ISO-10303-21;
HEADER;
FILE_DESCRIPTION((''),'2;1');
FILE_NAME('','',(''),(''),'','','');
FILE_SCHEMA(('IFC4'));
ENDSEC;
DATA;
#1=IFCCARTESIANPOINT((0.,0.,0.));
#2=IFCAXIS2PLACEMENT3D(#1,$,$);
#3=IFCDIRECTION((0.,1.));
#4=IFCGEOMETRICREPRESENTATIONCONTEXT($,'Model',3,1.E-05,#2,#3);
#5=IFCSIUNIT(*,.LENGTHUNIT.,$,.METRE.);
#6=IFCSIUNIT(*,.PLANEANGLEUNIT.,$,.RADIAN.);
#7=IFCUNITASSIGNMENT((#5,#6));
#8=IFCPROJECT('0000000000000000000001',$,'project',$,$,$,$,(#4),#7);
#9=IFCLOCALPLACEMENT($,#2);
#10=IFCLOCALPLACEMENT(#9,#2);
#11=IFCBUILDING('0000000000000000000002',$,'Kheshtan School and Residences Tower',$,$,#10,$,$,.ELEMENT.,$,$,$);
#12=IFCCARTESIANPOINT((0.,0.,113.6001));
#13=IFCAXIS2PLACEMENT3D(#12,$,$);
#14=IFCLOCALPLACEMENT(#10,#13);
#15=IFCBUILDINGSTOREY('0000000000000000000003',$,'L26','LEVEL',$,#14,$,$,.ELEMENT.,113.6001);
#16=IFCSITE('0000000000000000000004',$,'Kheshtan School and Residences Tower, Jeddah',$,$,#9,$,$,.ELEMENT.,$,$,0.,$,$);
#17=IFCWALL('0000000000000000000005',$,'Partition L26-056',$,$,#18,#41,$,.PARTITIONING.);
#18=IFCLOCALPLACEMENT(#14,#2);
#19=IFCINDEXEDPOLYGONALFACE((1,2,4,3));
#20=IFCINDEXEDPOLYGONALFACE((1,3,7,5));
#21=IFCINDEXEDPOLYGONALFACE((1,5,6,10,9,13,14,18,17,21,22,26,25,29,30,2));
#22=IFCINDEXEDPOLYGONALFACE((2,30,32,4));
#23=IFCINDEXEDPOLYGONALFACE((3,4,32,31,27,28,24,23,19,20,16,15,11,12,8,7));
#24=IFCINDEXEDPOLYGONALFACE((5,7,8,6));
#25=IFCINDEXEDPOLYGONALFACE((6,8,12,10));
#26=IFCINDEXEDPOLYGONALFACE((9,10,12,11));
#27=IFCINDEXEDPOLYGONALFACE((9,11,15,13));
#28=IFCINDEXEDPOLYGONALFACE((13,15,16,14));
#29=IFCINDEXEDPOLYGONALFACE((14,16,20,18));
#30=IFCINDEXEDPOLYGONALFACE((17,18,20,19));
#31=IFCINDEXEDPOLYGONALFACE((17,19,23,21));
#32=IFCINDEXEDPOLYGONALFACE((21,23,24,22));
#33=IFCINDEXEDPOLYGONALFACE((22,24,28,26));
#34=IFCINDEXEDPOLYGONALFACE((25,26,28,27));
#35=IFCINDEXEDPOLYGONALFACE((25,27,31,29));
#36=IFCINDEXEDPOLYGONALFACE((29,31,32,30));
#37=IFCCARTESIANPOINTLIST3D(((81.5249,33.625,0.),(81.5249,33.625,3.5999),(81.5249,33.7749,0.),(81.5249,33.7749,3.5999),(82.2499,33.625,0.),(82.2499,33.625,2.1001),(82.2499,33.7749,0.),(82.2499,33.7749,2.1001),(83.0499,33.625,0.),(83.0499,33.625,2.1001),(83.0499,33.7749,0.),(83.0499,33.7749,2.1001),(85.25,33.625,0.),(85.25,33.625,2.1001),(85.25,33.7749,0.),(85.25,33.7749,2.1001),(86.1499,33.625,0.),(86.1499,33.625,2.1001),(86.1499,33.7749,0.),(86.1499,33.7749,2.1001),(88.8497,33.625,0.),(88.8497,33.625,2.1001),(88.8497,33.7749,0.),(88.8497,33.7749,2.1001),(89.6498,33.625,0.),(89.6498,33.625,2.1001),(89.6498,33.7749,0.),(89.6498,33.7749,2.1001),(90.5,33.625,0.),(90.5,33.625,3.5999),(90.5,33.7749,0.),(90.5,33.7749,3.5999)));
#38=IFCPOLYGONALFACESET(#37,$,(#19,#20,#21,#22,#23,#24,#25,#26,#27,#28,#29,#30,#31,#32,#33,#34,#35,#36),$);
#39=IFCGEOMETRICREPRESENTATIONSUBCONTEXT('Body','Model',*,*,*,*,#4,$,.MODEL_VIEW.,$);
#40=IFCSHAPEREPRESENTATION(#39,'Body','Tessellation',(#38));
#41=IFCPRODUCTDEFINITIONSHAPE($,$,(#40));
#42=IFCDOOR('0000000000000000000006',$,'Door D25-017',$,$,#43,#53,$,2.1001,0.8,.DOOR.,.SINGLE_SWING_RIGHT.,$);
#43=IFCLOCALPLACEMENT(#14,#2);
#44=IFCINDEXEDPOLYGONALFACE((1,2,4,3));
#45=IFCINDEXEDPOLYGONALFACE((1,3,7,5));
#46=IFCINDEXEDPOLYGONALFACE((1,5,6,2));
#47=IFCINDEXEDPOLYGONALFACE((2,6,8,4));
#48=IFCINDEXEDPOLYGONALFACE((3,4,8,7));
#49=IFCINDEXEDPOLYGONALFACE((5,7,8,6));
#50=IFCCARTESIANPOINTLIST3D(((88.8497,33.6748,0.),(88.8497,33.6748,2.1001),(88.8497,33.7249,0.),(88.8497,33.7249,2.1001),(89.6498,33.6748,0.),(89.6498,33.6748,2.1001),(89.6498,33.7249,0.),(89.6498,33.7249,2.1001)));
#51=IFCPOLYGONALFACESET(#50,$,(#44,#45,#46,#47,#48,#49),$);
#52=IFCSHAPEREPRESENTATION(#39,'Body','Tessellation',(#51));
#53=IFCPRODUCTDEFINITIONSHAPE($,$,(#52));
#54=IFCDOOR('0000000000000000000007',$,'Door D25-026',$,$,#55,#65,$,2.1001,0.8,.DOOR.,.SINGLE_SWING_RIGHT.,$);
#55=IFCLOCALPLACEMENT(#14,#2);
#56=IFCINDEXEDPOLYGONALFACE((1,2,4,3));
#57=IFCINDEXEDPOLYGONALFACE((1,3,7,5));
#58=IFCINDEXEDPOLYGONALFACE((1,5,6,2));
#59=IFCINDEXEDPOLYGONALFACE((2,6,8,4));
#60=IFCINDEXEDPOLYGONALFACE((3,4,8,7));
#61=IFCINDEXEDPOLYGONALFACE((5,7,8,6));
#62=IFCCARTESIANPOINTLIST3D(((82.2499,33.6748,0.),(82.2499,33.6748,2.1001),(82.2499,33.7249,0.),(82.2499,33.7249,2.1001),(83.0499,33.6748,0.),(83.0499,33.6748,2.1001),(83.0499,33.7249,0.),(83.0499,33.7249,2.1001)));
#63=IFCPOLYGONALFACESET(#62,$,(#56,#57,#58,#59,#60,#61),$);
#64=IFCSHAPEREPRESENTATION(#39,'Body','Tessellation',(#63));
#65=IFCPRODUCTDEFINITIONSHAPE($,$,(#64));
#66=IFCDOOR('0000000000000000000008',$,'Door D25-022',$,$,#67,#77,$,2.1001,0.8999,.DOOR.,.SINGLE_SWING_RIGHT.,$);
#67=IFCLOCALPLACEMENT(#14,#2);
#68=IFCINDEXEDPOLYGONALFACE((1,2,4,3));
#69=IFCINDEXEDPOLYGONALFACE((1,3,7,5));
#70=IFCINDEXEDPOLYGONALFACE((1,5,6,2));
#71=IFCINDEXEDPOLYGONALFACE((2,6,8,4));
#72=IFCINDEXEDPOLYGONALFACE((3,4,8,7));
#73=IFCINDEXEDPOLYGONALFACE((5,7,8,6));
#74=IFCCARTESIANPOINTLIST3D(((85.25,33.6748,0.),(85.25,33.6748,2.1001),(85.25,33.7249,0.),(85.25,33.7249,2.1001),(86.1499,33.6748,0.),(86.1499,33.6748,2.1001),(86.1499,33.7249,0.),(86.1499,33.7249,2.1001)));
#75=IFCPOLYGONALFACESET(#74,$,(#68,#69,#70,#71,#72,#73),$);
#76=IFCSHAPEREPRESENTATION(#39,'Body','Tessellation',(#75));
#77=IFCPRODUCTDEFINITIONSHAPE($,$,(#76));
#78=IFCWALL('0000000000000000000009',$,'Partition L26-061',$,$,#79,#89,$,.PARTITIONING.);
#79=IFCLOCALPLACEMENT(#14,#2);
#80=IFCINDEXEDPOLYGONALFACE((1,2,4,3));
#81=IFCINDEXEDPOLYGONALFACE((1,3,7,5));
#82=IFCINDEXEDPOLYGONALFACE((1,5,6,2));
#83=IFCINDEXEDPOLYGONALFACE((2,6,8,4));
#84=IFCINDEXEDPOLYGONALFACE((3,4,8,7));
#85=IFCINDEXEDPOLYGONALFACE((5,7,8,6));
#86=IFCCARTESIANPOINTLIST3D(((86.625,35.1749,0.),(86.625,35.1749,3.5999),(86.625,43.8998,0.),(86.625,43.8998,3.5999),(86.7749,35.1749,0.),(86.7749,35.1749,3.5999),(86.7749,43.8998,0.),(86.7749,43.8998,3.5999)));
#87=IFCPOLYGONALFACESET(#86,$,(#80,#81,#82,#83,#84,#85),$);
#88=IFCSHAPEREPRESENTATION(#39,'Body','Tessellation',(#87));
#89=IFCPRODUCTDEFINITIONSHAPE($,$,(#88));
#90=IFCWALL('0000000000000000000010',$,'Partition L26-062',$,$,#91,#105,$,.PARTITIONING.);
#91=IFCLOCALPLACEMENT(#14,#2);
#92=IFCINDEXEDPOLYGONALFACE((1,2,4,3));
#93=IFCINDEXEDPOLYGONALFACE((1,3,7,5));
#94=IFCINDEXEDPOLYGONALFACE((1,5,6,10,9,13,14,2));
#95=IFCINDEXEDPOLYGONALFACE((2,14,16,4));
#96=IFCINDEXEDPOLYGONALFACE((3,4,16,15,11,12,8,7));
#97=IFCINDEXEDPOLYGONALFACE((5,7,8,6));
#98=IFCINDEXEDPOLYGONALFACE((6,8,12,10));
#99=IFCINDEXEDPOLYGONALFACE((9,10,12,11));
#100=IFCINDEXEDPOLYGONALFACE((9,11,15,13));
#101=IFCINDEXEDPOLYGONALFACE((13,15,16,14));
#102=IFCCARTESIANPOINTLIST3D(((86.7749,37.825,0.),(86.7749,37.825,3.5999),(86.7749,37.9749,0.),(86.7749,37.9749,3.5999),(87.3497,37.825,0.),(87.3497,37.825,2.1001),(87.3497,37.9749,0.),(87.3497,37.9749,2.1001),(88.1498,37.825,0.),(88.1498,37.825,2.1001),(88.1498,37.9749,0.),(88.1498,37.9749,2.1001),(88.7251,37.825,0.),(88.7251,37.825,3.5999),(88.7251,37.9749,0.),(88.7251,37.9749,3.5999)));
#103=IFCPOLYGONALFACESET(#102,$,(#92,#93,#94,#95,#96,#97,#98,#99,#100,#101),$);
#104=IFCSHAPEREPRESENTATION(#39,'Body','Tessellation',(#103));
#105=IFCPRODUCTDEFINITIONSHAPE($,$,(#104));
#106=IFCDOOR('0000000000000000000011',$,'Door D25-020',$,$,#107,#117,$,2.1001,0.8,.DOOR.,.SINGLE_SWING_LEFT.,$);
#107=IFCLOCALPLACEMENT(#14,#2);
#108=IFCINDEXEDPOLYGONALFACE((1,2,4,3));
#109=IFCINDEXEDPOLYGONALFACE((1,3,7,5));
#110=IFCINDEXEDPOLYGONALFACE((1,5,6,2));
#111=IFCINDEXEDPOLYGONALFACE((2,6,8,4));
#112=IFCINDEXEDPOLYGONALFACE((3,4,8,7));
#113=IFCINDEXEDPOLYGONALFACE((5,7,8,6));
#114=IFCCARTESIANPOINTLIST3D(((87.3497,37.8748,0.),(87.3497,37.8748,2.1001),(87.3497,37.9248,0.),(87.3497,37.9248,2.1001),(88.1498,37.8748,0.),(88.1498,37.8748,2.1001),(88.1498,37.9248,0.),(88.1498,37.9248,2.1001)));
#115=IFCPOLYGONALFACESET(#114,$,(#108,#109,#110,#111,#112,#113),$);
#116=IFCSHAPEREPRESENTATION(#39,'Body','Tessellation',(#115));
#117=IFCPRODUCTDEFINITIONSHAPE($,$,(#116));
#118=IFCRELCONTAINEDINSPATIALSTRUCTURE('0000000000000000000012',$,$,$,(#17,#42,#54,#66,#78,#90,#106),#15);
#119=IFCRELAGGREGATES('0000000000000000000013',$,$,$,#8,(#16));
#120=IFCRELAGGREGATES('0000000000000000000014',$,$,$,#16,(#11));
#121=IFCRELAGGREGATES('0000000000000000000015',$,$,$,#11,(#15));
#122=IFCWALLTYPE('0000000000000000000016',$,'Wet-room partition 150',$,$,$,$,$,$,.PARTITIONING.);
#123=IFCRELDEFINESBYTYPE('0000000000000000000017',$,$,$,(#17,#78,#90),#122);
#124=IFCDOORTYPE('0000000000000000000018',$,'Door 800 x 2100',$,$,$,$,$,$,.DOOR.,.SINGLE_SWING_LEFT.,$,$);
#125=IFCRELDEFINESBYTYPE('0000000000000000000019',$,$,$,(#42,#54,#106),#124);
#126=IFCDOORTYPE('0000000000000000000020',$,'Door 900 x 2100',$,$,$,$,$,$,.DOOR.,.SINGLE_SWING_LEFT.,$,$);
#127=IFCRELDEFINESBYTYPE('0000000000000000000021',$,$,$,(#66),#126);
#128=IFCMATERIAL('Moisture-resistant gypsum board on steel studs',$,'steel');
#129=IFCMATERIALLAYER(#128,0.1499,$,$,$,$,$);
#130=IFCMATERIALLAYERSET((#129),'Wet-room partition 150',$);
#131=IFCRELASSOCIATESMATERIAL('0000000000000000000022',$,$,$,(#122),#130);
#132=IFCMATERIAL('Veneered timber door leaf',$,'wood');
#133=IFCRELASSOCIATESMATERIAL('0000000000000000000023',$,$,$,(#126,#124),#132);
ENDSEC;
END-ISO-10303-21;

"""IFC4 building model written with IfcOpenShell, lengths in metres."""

from ifc_helpers import new_model, si_unit, direction, frame, frame_2d, origin, place, context, subcontext, project, spatial, rectangle, extrude, source, transform, mapped, material, layer, layer_set, type_object, element, fill, save


model = new_model("IFC4")

# Units and contexts
model_context = context("Model", 3, precision=1e-05, world=origin(), true_north=direction((0.0, 1.0)))
body_context = subcontext(model_context, "Body", "Model", "MODEL_VIEW")
ifc_project = project(units=[si_unit("LENGTHUNIT", "METRE"), si_unit("PLANEANGLEUNIT", "RADIAN")], contexts=[model_context])

# Site, building, storey
site_placement = place(None, origin())
site = spatial("IfcSite", under=ifc_project, at=site_placement, Name="Kheshtan School and Residences Tower, Jeddah", CompositionType="ELEMENT", RefElevation=0.0)
building_placement = place(site_placement, origin())
building = spatial("IfcBuilding", under=site, at=building_placement, Name="Kheshtan School and Residences Tower", CompositionType="ELEMENT")
storey_placement = place(building_placement, frame((0.0, 0.0, 113.6001)))
storey = spatial("IfcBuildingStorey", under=building, at=storey_placement, Name="L26", Description="LEVEL", CompositionType="ELEMENT", Elevation=113.6001)

# Wall, openings, doors
ifc_material_1 = material(Name="Moisture-resistant gypsum board on steel studs", Category="steel")
ifc_layer_1 = layer(ifc_material_1, 0.1499)
ifc_layer_set_1 = layer_set([ifc_layer_1], Name="Wet-room partition 150")
wall_type_1 = type_object("IfcWallType", Name="Wet-room partition 150", PredefinedType="PARTITIONING", material=ifc_layer_set_1)
ifc_material_2 = material(Name="Veneered timber door leaf", Category="wood")
door_type_1 = type_object("IfcDoorType", Name="Door 900 x 2100", OperationType="SINGLE_SWING_LEFT", PredefinedType="DOOR", material=ifc_material_2)
shared_shape_1 = source(origin(), body_context, "Body", "SweptSolid", [
    extrude(rectangle(XDim=0.8999, YDim=2.1001, at=frame_2d((0.45, 1.05))), frame((0.0, 0.0249, 0.0), z_axis=(0.0, -1.0, 0.0), x_axis=(1.0, 0.0, 0.0)), (0.0, 0.0, 1.0), 0.05),
])
wall_1_placement = place(storey_placement, frame((81.5249, 33.7, 0.0), z_axis=(0.0, 0.0, 1.0), x_axis=(1.0, 0.0, 0.0)))
wall_1 = element("IfcWall", 1, at=wall_1_placement, inside=storey, type_object=wall_type_1, Name="Partition L26-056", PredefinedType="PARTITIONING", context=body_context, shape_type="SweptSolid", body=[
    extrude(rectangle(XDim=8.9751, YDim=0.1499, at=frame_2d((4.4875, 0.0))), origin(), (0.0, 0.0, 1.0), 3.5999),
])
opening_1_placement = place(wall_1_placement, frame((7.325, 0.0, 0.0)))
opening_1 = element("IfcOpeningElement", 2, at=opening_1_placement, cuts=wall_1, PredefinedType="OPENING", context=body_context, shape_type="SweptSolid", body=[
    extrude(rectangle(XDim=0.8, YDim=2.1001, at=frame_2d((0.3999, 1.05))), frame((0.0, 0.085, 0.0), z_axis=(0.0, -1.0, 0.0), x_axis=(1.0, 0.0, 0.0)), (0.0, 0.0, 1.0), 0.1699),
])
opening_2_placement = place(wall_1_placement, frame((3.7251, 0.0, 0.0)))
opening_2 = element("IfcOpeningElement", 3, at=opening_2_placement, cuts=wall_1, PredefinedType="OPENING", context=body_context, shape_type="SweptSolid", body=[
    extrude(rectangle(XDim=0.8999, YDim=2.1001, at=frame_2d((0.45, 1.05))), frame((0.0, 0.085, 0.0), z_axis=(0.0, -1.0, 0.0), x_axis=(1.0, 0.0, 0.0)), (0.0, 0.0, 1.0), 0.1699),
])
opening_3_placement = place(wall_1_placement, frame((0.7251, 0.0, 0.0)))
opening_3 = element("IfcOpeningElement", 4, at=opening_3_placement, cuts=wall_1, PredefinedType="OPENING", context=body_context, shape_type="SweptSolid", body=[
    extrude(rectangle(XDim=0.8, YDim=2.1001, at=frame_2d((0.3999, 1.05))), frame((0.0, 0.085, 0.0), z_axis=(0.0, -1.0, 0.0), x_axis=(1.0, 0.0, 0.0)), (0.0, 0.0, 1.0), 0.1699),
])
door_type_2 = type_object("IfcDoorType", Name="Door 800 x 2100", OperationType="SINGLE_SWING_LEFT", PredefinedType="DOOR", material=ifc_material_2)
shared_shape_2 = source(origin(), body_context, "Body", "SweptSolid", [
    extrude(rectangle(XDim=0.8, YDim=2.1001, at=frame_2d((0.3999, 1.05))), frame((0.0, 0.0249, 0.0), z_axis=(0.0, -1.0, 0.0), x_axis=(1.0, 0.0, 0.0)), (0.0, 0.0, 1.0), 0.05),
])
door_1_placement = place(opening_1_placement, origin())
door_1 = element("IfcDoor", 5, at=door_1_placement, inside=storey, type_object=door_type_2, Name="Door D25-017", OperationType="SINGLE_SWING_RIGHT", OverallHeight=2.1001, OverallWidth=0.8, PredefinedType="DOOR", context=body_context, shape_type="MappedRepresentation", body=[
    mapped(shared_shape_2, transform((0.0, 0.0, 0.0), x_axis=(1.0, 0.0, 0.0), y_axis=(0.0, 1.0, 0.0), z_axis=(0.0, 0.0, 1.0), scale=1.0)),
])
fill(opening_1, door_1)
door_2_placement = place(opening_3_placement, origin())
door_2 = element("IfcDoor", 6, at=door_2_placement, inside=storey, type_object=door_type_2, Name="Door D25-026", OperationType="SINGLE_SWING_RIGHT", OverallHeight=2.1001, OverallWidth=0.8, PredefinedType="DOOR", context=body_context, shape_type="MappedRepresentation", body=[
    mapped(shared_shape_2, transform((0.0, 0.0, 0.0), x_axis=(1.0, 0.0, 0.0), y_axis=(0.0, 1.0, 0.0), z_axis=(0.0, 0.0, 1.0), scale=1.0)),
])
fill(opening_3, door_2)
door_3_placement = place(opening_2_placement, origin())
door_3 = element("IfcDoor", 7, at=door_3_placement, inside=storey, type_object=door_type_1, Name="Door D25-022", OperationType="SINGLE_SWING_RIGHT", OverallHeight=2.1001, OverallWidth=0.8999, PredefinedType="DOOR", context=body_context, shape_type="MappedRepresentation", body=[
    mapped(shared_shape_1, transform((0.0, 0.0, 0.0), x_axis=(1.0, 0.0, 0.0), y_axis=(0.0, 1.0, 0.0), z_axis=(0.0, 0.0, 1.0), scale=1.0)),
])
fill(opening_2, door_3)

# Wall
wall_2_placement = place(storey_placement, frame((86.7, 35.175, 0.0), z_axis=(0.0, 0.0, 1.0), x_axis=(0.0, 1.0, 0.0)))
element("IfcWall", 8, at=wall_2_placement, inside=storey, type_object=wall_type_1, Name="Partition L26-061", PredefinedType="PARTITIONING", context=body_context, shape_type="SweptSolid", body=[
    extrude(rectangle(XDim=8.7249, YDim=0.1499, at=frame_2d((4.3623, 0.0))), origin(), (0.0, 0.0, 1.0), 3.5999),
])

# Wall, opening, door
wall_3_placement = place(storey_placement, frame((86.7749, 37.8999, 0.0), z_axis=(0.0, 0.0, 1.0), x_axis=(1.0, 0.0, 0.0)))
wall_3 = element("IfcWall", 9, at=wall_3_placement, inside=storey, type_object=wall_type_1, Name="Partition L26-062", PredefinedType="PARTITIONING", context=body_context, shape_type="SweptSolid", body=[
    extrude(rectangle(XDim=1.9502, YDim=0.1499, at=frame_2d((0.9751, 0.0))), origin(), (0.0, 0.0, 1.0), 3.5999),
])
opening_4_placement = place(wall_3_placement, frame((0.575, 0.0, 0.0)))
opening_4 = element("IfcOpeningElement", 10, at=opening_4_placement, cuts=wall_3, PredefinedType="OPENING", context=body_context, shape_type="SweptSolid", body=[
    extrude(rectangle(XDim=0.8, YDim=2.1001, at=frame_2d((0.3999, 1.05))), frame((0.0, 0.085, 0.0), z_axis=(0.0, -1.0, 0.0), x_axis=(1.0, 0.0, 0.0)), (0.0, 0.0, 1.0), 0.1699),
])
door_4_placement = place(opening_4_placement, origin())
door_4 = element("IfcDoor", 11, at=door_4_placement, inside=storey, type_object=door_type_2, Name="Door D25-020", OperationType="SINGLE_SWING_LEFT", OverallHeight=2.1001, OverallWidth=0.8, PredefinedType="DOOR", context=body_context, shape_type="MappedRepresentation", body=[
    mapped(shared_shape_2, transform((0.0, 0.0, 0.0), x_axis=(1.0, 0.0, 0.0), y_axis=(0.0, 1.0, 0.0), z_axis=(0.0, 0.0, 1.0), scale=1.0)),
])
fill(opening_4, door_4)

save(model, "model.ifc")
